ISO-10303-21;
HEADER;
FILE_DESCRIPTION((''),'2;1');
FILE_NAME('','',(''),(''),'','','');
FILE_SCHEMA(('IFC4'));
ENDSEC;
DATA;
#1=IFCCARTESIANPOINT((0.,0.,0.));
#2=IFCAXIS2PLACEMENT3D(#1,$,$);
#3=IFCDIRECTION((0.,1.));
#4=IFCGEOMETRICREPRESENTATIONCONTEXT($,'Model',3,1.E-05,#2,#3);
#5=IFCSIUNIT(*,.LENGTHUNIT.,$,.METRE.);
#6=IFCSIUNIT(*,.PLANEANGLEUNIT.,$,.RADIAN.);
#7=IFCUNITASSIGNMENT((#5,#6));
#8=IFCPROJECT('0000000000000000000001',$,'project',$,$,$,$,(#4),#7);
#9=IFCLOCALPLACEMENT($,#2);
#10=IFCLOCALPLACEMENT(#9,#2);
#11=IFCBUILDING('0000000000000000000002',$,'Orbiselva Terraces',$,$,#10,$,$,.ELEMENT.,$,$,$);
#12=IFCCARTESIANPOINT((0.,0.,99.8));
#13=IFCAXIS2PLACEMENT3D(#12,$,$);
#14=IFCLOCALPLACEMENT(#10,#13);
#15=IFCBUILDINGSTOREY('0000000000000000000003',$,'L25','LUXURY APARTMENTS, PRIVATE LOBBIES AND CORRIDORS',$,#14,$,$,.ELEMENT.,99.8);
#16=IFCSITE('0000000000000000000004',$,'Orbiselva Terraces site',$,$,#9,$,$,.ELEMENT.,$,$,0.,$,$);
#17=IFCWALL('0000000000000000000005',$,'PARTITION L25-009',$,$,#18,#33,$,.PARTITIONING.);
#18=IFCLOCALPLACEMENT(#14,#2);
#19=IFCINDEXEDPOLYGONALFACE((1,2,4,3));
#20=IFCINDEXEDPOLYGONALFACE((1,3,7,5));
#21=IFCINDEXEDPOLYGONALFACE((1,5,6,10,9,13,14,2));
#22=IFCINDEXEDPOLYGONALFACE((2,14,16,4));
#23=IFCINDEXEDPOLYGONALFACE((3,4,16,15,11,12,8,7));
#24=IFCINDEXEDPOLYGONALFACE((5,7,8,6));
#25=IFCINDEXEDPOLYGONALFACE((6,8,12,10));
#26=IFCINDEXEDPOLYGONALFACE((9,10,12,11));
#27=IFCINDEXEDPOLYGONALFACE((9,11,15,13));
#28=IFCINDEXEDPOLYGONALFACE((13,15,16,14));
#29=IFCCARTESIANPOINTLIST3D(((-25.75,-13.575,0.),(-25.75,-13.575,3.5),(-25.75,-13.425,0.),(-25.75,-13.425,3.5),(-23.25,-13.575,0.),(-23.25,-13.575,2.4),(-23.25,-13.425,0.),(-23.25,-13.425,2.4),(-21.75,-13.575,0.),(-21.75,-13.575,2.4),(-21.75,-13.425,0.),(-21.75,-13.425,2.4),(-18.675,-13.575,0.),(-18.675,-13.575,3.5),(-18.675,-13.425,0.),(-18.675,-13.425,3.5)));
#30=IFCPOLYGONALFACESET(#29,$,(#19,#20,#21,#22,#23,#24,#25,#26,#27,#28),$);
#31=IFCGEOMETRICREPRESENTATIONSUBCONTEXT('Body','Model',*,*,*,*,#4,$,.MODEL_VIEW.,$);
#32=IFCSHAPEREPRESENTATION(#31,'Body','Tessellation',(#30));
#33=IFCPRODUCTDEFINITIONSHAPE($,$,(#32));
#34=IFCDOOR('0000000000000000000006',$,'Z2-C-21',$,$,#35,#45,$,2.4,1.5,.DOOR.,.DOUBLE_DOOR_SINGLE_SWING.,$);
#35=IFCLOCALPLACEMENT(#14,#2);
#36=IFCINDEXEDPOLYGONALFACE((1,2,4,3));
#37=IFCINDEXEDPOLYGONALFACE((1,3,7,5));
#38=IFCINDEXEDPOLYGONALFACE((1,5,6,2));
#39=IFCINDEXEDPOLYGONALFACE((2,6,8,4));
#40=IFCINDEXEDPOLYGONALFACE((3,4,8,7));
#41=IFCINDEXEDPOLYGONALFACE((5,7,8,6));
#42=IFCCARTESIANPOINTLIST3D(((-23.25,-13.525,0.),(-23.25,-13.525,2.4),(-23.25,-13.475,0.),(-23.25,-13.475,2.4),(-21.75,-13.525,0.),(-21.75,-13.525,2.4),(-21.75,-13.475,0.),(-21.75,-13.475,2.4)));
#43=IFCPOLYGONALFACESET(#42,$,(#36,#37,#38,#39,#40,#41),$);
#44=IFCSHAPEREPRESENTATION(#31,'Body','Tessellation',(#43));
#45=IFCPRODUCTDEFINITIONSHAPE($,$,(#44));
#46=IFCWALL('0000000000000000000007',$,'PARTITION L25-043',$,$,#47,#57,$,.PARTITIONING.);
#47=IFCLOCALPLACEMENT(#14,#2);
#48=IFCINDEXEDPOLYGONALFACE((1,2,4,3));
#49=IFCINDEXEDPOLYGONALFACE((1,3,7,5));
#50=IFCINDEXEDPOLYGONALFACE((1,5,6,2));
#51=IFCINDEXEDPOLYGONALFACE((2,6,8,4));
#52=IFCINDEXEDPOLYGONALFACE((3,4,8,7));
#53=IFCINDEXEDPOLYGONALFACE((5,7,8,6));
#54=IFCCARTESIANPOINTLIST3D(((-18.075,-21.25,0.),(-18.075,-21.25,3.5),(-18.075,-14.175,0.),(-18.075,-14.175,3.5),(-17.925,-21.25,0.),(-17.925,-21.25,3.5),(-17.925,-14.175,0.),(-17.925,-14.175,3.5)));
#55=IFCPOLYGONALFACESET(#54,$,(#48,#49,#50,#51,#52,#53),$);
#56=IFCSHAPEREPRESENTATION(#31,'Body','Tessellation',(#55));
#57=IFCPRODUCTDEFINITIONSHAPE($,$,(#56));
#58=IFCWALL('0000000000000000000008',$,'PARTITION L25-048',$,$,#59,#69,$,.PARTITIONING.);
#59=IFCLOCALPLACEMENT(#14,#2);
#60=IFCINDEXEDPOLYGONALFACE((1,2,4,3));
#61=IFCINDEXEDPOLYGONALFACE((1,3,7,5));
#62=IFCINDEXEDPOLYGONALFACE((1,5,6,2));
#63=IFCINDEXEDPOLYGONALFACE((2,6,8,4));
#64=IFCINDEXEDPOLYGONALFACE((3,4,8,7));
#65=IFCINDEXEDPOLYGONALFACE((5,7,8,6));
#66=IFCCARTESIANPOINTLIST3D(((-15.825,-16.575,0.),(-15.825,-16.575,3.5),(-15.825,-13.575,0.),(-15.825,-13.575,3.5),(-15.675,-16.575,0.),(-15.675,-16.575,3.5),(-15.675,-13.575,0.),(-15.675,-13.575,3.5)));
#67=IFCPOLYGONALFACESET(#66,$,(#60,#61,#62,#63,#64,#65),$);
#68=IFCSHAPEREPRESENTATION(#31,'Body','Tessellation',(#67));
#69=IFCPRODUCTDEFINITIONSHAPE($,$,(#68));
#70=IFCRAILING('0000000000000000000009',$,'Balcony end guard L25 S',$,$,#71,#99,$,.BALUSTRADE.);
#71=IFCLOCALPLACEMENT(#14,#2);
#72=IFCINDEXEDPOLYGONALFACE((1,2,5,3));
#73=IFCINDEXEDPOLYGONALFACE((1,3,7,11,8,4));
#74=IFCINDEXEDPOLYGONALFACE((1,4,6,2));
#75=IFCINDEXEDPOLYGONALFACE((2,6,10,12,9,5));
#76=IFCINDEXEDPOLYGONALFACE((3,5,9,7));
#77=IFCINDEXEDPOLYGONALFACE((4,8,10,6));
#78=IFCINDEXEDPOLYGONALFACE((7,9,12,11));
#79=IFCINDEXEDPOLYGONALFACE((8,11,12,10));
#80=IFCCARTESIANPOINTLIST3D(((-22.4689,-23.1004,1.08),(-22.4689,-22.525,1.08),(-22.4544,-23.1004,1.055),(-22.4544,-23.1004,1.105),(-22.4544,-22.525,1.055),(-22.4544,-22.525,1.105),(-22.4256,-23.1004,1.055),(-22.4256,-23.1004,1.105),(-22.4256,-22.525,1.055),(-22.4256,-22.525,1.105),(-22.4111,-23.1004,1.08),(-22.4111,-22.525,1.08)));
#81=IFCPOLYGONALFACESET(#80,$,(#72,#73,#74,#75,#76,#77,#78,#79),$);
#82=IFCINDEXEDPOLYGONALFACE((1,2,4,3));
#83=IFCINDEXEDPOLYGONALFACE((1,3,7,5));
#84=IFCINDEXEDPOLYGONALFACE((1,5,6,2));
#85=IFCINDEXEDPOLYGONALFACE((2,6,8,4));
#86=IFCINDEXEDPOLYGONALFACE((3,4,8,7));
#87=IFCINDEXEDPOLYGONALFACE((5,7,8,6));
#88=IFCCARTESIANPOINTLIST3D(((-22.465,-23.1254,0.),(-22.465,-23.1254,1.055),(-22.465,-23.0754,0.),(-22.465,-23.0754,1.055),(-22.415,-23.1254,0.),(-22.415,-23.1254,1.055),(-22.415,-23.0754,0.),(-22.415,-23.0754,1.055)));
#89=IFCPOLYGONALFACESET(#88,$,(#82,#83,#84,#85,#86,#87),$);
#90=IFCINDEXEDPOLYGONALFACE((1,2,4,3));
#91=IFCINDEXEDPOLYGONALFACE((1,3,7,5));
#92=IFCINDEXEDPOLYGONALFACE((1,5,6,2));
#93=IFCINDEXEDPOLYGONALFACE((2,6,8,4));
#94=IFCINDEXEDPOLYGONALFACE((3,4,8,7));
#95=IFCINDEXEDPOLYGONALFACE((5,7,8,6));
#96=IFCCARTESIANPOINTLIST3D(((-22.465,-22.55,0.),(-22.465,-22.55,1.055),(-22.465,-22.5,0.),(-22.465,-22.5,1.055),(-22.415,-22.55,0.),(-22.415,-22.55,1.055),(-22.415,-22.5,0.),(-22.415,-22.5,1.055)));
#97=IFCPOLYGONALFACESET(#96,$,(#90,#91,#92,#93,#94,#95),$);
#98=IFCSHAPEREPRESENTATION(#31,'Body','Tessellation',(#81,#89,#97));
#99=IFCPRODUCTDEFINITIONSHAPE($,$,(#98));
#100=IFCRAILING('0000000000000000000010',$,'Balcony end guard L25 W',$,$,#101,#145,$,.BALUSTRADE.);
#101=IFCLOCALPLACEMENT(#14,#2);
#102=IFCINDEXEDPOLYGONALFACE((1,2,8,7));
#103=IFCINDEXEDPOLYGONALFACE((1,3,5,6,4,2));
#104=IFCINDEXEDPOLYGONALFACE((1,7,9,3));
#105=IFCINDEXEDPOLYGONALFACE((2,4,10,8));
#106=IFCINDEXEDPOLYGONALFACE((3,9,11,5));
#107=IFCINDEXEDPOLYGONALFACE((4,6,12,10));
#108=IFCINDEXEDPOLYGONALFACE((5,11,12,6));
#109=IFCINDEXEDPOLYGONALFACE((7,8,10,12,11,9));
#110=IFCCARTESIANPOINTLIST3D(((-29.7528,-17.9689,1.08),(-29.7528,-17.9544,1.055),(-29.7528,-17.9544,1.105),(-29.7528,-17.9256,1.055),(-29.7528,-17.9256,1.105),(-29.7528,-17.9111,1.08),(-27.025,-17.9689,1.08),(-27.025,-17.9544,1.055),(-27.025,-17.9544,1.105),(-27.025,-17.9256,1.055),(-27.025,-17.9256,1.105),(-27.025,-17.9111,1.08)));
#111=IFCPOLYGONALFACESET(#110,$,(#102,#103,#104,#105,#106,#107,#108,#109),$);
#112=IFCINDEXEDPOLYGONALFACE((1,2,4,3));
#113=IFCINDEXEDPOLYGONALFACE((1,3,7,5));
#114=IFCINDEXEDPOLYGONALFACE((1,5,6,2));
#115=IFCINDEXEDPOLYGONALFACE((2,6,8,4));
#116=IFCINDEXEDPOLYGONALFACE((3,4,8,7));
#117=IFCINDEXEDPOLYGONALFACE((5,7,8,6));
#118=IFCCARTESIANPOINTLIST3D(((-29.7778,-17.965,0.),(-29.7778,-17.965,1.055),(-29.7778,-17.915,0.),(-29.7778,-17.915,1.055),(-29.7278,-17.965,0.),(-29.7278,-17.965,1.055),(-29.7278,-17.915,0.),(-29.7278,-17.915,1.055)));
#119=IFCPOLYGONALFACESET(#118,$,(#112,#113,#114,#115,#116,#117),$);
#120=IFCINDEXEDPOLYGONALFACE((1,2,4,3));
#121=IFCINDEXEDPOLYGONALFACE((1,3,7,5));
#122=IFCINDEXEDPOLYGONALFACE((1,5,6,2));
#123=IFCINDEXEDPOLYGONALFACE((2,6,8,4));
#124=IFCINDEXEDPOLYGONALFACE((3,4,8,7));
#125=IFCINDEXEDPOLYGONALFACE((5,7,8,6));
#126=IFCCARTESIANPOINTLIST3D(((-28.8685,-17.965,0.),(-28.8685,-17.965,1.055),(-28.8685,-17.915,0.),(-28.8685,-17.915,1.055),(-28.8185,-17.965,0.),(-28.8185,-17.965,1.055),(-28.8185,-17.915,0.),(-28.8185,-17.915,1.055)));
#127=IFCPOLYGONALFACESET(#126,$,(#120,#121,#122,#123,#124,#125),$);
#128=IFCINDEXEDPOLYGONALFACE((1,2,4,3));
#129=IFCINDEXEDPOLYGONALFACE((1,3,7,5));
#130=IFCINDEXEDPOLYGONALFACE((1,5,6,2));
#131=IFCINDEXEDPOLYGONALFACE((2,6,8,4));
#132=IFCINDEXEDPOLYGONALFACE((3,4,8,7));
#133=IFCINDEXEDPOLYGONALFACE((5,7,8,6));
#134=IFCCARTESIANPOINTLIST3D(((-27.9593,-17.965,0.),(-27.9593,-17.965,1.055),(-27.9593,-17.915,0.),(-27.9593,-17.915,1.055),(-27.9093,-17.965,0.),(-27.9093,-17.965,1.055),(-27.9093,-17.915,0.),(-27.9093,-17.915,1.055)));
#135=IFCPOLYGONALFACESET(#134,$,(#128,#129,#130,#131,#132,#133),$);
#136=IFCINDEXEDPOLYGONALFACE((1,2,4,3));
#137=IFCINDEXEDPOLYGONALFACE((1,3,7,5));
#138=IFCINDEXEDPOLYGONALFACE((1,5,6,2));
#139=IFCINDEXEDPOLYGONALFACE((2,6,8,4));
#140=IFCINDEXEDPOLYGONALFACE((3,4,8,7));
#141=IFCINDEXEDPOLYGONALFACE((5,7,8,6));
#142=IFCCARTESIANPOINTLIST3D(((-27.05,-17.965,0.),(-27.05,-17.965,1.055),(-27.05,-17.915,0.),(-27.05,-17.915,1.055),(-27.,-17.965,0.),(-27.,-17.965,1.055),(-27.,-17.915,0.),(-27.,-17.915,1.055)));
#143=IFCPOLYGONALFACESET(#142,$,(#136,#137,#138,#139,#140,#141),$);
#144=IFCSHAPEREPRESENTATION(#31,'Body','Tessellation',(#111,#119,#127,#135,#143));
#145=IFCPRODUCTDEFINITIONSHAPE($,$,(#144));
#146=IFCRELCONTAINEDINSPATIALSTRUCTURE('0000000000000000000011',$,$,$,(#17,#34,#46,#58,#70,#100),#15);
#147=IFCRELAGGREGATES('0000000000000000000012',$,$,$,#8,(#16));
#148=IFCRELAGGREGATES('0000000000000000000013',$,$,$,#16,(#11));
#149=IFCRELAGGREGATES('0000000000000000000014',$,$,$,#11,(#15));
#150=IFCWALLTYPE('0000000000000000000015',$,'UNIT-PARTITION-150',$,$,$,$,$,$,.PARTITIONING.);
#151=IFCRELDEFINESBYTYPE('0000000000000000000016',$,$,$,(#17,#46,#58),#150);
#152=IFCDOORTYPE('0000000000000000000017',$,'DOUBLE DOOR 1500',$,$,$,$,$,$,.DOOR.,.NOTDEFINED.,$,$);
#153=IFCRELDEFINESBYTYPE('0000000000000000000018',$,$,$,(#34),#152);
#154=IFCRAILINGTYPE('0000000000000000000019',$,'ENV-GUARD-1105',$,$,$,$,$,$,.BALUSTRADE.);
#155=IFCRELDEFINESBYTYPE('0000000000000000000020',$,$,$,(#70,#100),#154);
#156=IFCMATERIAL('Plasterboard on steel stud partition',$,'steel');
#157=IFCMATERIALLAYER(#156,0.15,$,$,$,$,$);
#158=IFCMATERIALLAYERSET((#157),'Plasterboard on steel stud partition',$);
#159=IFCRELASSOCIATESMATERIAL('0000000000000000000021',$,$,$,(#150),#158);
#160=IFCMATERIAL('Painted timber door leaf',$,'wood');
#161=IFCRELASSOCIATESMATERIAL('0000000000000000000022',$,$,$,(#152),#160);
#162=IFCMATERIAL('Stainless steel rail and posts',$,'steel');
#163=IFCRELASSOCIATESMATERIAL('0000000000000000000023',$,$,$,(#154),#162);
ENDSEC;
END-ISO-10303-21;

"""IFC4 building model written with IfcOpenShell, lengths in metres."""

from ifc_helpers import new_model, si_unit, direction, frame, frame_2d, origin, origin_2d, place, context, subcontext, project, spatial, polyline, rectangle, outline, extrude, material, layer, layer_set, type_object, element, fill, save


model = new_model("IFC4")

# Units and contexts
model_context = context("Model", 3, precision=1e-05, world=origin(), true_north=direction((0.0, 1.0)))
body_context = subcontext(model_context, "Body", "Model", "MODEL_VIEW")
ifc_project = project(units=[si_unit("LENGTHUNIT", "METRE"), si_unit("PLANEANGLEUNIT", "RADIAN")], contexts=[model_context])

# Site, building, storey
site_placement = place(None, origin())
site = spatial("IfcSite", under=ifc_project, at=site_placement, Name="Orbiselva Terraces site", CompositionType="ELEMENT", RefElevation=0.0)
building_placement = place(site_placement, origin())
building = spatial("IfcBuilding", under=site, at=building_placement, Name="Orbiselva Terraces", CompositionType="ELEMENT")
storey_placement = place(building_placement, frame((0.0, 0.0, 99.8)))
storey = spatial("IfcBuildingStorey", under=building, at=storey_placement, Name="L25", Description="LUXURY APARTMENTS, PRIVATE LOBBIES AND CORRIDORS", CompositionType="ELEMENT", Elevation=99.8)

# Wall, opening, door
ifc_material_1 = material(Name="Plasterboard on steel stud partition", Category="steel")
ifc_layer_1 = layer(ifc_material_1, 0.15)
ifc_layer_set_1 = layer_set([ifc_layer_1], Name="Plasterboard on steel stud partition")
wall_type_1 = type_object("IfcWallType", Name="UNIT-PARTITION-150", PredefinedType="PARTITIONING", material=ifc_layer_set_1)
ifc_material_2 = material(Name="Painted timber door leaf", Category="wood")
wall_1_placement = place(storey_placement, frame((-18.675, -13.5, 0.0), z_axis=(0.0, 0.0, 1.0), x_axis=(-1.0, 0.0, 0.0)))
wall_1 = element("IfcWall", 1, at=wall_1_placement, inside=storey, type_object=wall_type_1, Name="PARTITION L25-009", PredefinedType="PARTITIONING", context=body_context, shape_type="SweptSolid", body=[
    extrude(rectangle(XDim=7.075, YDim=0.15, at=frame_2d((3.5375, 0.0))), origin(), (0.0, 0.0, 1.0), 3.5),
])
opening_1_placement = place(wall_1_placement, frame((3.075, 0.0, 0.0)))
opening_1 = element("IfcOpeningElement", 2, at=opening_1_placement, cuts=wall_1, PredefinedType="OPENING", context=body_context, shape_type="SweptSolid", body=[
    extrude(rectangle(XDim=1.5, YDim=2.4, at=frame_2d((0.75, 1.2))), frame((0.0, 0.085, 0.0), z_axis=(0.0, -1.0, 0.0), x_axis=(1.0, 0.0, 0.0)), (0.0, 0.0, 1.0), 0.17),
])
door_type_1 = type_object("IfcDoorType", Name="DOUBLE DOOR 1500", OperationType="NOTDEFINED", PredefinedType="DOOR", material=ifc_material_2)
door_1_placement = place(opening_1_placement, origin())
door_1 = element("IfcDoor", 3, at=door_1_placement, inside=storey, type_object=door_type_1, Name="Z2-C-21", OperationType="DOUBLE_DOOR_SINGLE_SWING", OverallHeight=2.4, OverallWidth=1.5, PredefinedType="DOOR", context=body_context, shape_type="SweptSolid", body=[
    extrude(rectangle(XDim=1.5, YDim=2.4, at=frame_2d((0.75, 1.2))), frame((0.0, 0.025, 0.0), z_axis=(0.0, -1.0, 0.0), x_axis=(1.0, 0.0, 0.0)), (0.0, 0.0, 1.0), 0.05),
])
fill(opening_1, door_1)

# Walls
wall_2_placement = place(storey_placement, frame((-18.0, -21.25, 0.0), z_axis=(0.0, 0.0, 1.0), x_axis=(0.0, 1.0, 0.0)))
element("IfcWall", 4, at=wall_2_placement, inside=storey, type_object=wall_type_1, Name="PARTITION L25-043", PredefinedType="PARTITIONING", context=body_context, shape_type="SweptSolid", body=[
    extrude(rectangle(XDim=7.075, YDim=0.15, at=frame_2d((3.5375, 0.0))), origin(), (0.0, 0.0, 1.0), 3.5),
])
wall_3_placement = place(storey_placement, frame((-15.75, -16.575, 0.0), z_axis=(0.0, 0.0, 1.0), x_axis=(0.0, 1.0, 0.0)))
element("IfcWall", 5, at=wall_3_placement, inside=storey, type_object=wall_type_1, Name="PARTITION L25-048", PredefinedType="PARTITIONING", context=body_context, shape_type="SweptSolid", body=[
    extrude(rectangle(XDim=3.0, YDim=0.15, at=frame_2d((1.5, 0.0))), origin(), (0.0, 0.0, 1.0), 3.5),
])

# Railings
ifc_material_3 = material(Name="Stainless steel rail and posts", Category="steel")
railing_type_1 = type_object("IfcRailingType", Name="ENV-GUARD-1105", PredefinedType="BALUSTRADE", material=ifc_material_3)
railing_1_placement = place(storey_placement, frame((-22.44, -23.1004, 0.0)))
element("IfcRailing", 6, at=railing_1_placement, inside=storey, type_object=railing_type_1, Name="Balcony end guard L25 S", PredefinedType="BALUSTRADE", context=body_context, shape_type="SweptSolid", body=[
    extrude(outline(polyline([(0.0289, 0.0), (0.0144, 0.025), (-0.0144, 0.025), (-0.0289, 0.0), (-0.0144, -0.025), (0.0144, -0.025), (0.0289, 0.0)])), frame((0.0, 0.0, 1.08), z_axis=(0.0, 1.0, 0.0), x_axis=(-1.0, 0.0, 0.0)), (0.0, 0.0, 1.0), 0.5754),
    extrude(rectangle(XDim=0.05, YDim=0.05, at=origin_2d()), origin(), (0.0, 0.0, 1.0), 1.055),
    extrude(rectangle(XDim=0.05, YDim=0.05, at=origin_2d()), frame((0.0, 0.5754, 0.0)), (0.0, 0.0, 1.0), 1.055),
])
railing_2_placement = place(storey_placement, frame((-29.7528, -17.94, 0.0)))
element("IfcRailing", 7, at=railing_2_placement, inside=storey, type_object=railing_type_1, Name="Balcony end guard L25 W", PredefinedType="BALUSTRADE", context=body_context, shape_type="SweptSolid", body=[
    extrude(outline(polyline([(0.0289, 0.0), (0.0144, 0.025), (-0.0144, 0.025), (-0.0289, 0.0), (-0.0144, -0.025), (0.0144, -0.025), (0.0289, 0.0)])), frame((0.0, 0.0, 1.08), z_axis=(1.0, 0.0, 0.0), x_axis=(0.0, 1.0, 0.0)), (0.0, 0.0, 1.0), 2.7278),
    extrude(rectangle(XDim=0.05, YDim=0.05, at=origin_2d()), origin(), (0.0, 0.0, 1.0), 1.055),
    extrude(rectangle(XDim=0.05, YDim=0.05, at=origin_2d()), frame((0.9093, 0.0, 0.0)), (0.0, 0.0, 1.0), 1.055),
    extrude(rectangle(XDim=0.05, YDim=0.05, at=origin_2d()), frame((1.8185, 0.0, 0.0)), (0.0, 0.0, 1.0), 1.055),
    extrude(rectangle(XDim=0.05, YDim=0.05, at=origin_2d()), frame((2.7278, 0.0, 0.0)), (0.0, 0.0, 1.0), 1.055),
])

save(model, "model.ifc")
